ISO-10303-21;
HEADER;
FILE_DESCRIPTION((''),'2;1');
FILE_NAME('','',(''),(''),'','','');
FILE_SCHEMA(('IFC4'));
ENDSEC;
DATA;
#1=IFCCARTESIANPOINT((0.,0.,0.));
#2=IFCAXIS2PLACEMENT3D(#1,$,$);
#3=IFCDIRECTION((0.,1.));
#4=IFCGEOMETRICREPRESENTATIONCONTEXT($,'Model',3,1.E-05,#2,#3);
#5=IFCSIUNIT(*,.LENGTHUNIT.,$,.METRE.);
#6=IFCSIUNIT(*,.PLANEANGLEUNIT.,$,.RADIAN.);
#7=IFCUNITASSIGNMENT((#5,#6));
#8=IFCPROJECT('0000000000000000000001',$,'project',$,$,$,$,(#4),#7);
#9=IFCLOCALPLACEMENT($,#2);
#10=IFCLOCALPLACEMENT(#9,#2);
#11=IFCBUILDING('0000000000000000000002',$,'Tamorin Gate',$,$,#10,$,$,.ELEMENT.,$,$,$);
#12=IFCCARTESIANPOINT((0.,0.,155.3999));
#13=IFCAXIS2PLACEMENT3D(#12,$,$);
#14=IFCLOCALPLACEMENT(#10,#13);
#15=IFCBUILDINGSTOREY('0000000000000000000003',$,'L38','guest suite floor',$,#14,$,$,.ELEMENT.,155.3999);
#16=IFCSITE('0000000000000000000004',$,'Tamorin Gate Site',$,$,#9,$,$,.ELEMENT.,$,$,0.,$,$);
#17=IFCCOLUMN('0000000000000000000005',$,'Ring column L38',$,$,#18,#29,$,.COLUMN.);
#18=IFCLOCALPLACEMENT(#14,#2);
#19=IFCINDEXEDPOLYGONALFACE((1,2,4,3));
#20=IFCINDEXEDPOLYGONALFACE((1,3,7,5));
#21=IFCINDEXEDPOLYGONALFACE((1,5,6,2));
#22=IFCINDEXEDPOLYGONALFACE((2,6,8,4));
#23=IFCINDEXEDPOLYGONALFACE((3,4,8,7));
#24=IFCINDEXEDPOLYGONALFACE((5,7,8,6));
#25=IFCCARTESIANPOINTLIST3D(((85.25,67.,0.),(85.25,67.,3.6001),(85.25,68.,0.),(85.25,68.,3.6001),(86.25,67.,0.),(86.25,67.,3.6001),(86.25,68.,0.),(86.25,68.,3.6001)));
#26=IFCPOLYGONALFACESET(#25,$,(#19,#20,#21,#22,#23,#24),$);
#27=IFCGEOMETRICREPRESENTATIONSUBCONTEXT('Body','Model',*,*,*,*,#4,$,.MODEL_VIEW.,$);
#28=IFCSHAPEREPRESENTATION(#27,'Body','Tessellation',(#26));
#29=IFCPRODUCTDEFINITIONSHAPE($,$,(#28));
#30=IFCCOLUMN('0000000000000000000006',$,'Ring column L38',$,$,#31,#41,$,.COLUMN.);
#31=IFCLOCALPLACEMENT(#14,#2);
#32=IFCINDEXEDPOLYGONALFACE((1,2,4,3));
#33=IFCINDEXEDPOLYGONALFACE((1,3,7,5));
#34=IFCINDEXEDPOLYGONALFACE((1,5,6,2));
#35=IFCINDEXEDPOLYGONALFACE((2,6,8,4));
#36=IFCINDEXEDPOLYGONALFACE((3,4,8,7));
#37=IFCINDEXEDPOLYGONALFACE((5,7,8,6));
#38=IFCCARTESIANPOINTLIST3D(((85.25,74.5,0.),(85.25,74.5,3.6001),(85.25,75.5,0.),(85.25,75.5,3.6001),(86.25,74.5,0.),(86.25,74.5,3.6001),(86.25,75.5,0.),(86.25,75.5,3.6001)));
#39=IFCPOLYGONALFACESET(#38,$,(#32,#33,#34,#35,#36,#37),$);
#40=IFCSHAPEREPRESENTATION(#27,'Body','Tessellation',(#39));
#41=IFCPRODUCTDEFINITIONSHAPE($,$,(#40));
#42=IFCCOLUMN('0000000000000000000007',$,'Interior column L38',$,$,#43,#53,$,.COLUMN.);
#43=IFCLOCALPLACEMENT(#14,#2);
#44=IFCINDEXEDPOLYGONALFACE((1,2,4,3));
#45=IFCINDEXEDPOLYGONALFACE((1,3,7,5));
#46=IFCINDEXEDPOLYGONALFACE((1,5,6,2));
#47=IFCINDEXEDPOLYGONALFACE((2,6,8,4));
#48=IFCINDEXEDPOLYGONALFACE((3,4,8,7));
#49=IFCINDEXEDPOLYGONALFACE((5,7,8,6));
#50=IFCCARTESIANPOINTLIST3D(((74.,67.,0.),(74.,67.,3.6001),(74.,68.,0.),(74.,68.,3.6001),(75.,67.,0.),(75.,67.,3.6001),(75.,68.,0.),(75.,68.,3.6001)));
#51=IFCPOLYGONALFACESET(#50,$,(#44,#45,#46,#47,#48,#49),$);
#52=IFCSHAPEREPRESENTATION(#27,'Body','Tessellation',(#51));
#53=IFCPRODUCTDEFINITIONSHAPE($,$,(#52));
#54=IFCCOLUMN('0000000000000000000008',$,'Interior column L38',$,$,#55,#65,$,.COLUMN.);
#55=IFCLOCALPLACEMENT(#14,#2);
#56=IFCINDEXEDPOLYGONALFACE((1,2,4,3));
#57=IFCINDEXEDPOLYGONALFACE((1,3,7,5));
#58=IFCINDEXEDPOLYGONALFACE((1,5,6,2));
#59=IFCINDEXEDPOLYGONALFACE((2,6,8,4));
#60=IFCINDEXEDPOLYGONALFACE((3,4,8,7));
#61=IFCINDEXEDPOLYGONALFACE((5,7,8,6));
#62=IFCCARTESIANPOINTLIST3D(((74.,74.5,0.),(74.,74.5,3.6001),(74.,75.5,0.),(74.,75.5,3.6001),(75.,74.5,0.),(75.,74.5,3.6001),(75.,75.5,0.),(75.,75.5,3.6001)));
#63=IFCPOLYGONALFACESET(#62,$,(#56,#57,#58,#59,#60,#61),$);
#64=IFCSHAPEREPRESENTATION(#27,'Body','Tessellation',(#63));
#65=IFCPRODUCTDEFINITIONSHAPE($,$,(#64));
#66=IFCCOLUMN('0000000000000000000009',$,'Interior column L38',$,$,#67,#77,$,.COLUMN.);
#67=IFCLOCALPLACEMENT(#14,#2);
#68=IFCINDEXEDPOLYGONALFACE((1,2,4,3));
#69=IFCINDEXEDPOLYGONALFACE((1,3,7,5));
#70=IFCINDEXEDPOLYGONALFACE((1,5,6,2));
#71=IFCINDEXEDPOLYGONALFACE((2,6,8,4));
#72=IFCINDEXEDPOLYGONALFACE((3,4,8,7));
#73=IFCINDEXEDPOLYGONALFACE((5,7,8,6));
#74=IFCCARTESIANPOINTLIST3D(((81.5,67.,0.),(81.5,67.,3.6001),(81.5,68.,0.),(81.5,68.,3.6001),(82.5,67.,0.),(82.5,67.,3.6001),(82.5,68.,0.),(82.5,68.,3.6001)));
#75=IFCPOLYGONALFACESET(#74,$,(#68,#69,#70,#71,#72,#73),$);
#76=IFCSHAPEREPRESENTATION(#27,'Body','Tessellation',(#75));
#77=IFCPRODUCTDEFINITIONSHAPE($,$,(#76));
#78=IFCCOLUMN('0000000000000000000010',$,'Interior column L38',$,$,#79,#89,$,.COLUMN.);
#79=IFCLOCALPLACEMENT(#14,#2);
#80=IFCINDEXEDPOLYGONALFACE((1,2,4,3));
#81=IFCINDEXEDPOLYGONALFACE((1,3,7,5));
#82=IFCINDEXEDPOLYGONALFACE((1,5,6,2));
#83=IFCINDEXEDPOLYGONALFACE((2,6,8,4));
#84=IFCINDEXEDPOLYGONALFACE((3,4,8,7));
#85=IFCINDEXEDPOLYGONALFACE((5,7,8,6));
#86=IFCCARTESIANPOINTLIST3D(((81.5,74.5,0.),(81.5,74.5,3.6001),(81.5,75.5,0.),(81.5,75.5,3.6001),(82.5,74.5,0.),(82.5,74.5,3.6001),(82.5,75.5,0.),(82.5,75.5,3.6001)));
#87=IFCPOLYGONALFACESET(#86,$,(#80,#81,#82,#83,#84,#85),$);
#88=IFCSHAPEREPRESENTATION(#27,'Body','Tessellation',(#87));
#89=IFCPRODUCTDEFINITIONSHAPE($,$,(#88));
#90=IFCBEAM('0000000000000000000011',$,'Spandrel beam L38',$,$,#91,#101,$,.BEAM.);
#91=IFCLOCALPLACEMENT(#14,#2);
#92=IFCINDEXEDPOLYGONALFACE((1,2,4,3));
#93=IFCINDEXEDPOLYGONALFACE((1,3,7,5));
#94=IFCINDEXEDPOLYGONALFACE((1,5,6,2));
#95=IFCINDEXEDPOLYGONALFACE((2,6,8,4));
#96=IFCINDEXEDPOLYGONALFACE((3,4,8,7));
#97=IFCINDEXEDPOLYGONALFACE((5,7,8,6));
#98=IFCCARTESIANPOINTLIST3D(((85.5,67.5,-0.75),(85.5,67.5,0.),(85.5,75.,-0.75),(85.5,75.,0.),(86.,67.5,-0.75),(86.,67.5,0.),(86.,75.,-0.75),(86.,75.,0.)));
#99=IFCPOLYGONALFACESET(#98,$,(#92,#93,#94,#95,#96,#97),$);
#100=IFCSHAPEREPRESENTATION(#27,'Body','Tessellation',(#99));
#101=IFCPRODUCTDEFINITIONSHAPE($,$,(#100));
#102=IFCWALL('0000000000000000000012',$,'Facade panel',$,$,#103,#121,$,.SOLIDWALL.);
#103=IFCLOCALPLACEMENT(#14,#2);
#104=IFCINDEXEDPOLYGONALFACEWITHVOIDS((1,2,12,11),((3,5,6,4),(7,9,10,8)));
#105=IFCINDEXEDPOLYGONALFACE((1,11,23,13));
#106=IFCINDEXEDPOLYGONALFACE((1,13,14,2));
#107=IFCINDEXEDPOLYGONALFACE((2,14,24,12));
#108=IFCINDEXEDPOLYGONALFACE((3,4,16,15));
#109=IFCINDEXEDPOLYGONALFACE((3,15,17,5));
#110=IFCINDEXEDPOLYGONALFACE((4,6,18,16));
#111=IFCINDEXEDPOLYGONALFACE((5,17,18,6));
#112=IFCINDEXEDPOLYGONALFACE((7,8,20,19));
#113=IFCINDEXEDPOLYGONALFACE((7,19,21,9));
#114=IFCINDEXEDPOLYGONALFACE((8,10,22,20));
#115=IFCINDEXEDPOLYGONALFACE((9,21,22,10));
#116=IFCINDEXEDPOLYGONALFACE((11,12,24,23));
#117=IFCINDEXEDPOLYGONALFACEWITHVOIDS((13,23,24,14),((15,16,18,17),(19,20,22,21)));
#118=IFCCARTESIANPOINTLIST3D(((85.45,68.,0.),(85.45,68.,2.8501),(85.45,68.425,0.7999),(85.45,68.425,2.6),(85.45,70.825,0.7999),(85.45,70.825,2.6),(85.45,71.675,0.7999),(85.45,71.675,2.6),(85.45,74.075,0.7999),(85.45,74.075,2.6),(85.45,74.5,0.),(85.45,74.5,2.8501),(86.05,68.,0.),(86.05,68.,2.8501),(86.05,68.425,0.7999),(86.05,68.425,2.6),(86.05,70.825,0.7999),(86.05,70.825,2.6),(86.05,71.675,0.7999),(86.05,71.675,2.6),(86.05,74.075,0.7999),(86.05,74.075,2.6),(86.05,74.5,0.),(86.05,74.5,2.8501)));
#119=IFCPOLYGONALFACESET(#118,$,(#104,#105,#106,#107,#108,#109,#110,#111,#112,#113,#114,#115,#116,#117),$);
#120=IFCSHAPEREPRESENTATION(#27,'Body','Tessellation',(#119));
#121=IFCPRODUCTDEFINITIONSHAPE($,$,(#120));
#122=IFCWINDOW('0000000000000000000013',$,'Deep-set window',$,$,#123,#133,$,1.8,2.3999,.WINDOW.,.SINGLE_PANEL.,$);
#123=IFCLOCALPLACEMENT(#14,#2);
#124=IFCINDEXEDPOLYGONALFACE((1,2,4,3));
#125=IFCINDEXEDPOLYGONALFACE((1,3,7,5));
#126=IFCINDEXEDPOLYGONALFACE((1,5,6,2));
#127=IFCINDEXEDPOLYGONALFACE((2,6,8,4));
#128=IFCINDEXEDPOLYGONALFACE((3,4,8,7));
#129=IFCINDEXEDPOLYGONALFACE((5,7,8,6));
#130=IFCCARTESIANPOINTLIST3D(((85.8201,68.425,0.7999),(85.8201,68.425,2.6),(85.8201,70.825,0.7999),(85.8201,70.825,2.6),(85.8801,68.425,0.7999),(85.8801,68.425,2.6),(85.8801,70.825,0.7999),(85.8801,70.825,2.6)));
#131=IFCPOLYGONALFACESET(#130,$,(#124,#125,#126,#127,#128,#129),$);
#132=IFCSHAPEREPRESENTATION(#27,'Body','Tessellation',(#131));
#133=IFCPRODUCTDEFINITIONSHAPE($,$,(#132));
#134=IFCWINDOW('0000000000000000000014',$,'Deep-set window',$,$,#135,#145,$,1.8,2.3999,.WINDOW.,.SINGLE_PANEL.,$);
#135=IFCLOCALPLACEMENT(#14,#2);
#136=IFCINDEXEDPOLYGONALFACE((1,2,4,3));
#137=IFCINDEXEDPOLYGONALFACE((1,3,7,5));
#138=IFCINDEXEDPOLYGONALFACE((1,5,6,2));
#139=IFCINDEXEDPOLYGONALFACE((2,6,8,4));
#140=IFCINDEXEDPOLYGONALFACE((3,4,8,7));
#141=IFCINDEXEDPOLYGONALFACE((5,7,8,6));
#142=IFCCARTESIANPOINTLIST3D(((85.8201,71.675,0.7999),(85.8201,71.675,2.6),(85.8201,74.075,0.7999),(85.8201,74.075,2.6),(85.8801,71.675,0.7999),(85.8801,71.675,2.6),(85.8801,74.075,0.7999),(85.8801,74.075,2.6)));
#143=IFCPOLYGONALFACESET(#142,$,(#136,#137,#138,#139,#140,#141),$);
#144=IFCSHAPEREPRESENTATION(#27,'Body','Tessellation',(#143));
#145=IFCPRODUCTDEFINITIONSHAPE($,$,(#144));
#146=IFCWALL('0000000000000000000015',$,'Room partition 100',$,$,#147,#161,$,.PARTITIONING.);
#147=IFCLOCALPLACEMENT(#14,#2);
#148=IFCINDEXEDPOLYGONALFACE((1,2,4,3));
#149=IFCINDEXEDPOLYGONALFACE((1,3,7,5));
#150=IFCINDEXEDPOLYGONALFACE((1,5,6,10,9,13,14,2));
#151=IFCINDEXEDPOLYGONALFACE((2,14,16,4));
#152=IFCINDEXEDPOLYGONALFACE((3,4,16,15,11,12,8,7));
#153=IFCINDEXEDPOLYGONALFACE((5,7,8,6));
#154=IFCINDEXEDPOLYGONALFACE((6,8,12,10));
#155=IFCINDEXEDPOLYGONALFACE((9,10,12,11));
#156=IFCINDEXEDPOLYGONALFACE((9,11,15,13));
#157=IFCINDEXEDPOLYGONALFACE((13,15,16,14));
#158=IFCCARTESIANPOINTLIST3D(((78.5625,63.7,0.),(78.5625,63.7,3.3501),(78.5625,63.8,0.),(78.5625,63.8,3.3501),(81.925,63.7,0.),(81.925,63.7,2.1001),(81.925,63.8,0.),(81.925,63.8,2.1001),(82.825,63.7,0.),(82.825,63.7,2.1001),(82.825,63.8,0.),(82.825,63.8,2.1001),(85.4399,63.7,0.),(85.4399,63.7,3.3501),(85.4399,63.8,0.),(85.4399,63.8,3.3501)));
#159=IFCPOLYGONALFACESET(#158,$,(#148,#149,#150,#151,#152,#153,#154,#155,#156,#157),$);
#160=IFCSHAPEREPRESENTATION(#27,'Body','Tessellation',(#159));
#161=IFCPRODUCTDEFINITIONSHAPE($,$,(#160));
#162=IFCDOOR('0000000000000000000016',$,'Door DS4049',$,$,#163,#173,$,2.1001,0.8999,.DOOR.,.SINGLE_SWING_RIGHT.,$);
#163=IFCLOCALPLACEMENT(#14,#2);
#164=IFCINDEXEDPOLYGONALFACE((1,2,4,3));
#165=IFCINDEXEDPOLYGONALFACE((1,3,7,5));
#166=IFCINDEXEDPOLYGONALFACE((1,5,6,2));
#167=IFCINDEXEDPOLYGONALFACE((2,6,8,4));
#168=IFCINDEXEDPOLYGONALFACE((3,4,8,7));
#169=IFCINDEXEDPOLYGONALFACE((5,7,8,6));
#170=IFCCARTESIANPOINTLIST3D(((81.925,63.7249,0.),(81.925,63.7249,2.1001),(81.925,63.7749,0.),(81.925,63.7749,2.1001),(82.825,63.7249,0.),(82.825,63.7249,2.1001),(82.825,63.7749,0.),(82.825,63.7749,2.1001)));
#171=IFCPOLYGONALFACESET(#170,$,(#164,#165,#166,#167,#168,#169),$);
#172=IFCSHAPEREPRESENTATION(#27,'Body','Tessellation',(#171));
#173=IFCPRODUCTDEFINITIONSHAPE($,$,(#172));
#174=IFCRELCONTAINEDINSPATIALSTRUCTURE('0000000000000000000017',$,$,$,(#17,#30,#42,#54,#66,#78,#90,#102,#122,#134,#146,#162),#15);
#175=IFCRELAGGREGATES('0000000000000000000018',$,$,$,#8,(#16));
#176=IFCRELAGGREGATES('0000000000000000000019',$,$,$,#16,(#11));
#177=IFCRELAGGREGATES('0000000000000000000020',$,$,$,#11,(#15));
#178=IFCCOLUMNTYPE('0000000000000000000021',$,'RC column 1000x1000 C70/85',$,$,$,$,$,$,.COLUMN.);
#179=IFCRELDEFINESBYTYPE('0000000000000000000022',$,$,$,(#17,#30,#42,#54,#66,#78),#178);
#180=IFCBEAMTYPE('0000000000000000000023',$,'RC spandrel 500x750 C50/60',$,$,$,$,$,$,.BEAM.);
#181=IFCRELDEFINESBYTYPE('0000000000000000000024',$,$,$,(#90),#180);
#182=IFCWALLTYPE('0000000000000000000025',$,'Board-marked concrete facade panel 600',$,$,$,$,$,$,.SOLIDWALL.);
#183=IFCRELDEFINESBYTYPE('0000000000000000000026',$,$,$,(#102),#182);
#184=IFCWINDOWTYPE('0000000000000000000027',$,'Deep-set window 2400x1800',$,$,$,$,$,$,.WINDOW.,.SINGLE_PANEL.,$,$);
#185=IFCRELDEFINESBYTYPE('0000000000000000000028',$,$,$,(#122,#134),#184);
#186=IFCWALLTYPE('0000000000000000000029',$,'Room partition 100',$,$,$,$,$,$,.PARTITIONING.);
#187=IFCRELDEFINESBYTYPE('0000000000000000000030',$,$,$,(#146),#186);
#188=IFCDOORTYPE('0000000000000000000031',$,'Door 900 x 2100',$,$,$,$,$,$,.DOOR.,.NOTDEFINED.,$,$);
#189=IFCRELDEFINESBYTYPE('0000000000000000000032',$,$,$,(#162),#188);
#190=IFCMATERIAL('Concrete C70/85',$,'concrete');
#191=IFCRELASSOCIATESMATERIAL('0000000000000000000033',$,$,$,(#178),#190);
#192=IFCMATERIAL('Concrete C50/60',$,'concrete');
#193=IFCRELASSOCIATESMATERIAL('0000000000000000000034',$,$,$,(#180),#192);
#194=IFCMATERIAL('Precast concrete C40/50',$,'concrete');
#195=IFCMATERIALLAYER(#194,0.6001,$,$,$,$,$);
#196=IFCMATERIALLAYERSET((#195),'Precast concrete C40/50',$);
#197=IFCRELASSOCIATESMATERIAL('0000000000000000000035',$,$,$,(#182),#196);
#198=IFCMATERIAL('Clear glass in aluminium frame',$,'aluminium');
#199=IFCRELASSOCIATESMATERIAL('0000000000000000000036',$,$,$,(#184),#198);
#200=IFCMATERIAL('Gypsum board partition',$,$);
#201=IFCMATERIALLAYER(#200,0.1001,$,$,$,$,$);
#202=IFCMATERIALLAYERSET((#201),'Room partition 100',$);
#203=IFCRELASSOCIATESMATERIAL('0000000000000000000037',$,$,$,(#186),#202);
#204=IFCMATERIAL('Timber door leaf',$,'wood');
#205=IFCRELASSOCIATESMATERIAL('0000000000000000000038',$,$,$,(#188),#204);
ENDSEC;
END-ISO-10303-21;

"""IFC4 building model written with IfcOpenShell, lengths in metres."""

from ifc_helpers import new_model, si_unit, direction, frame, frame_2d, origin, origin_2d, place, context, subcontext, project, spatial, rectangle, extrude, material, layer, layer_set, material_profile, profile_set, type_object, element, fill, save


model = new_model("IFC4")

# Units and contexts
model_context = context("Model", 3, precision=1e-05, world=origin(), true_north=direction((0.0, 1.0)))
body_context = subcontext(model_context, "Body", "Model", "MODEL_VIEW")
ifc_project = project(units=[si_unit("LENGTHUNIT", "METRE"), si_unit("PLANEANGLEUNIT", "RADIAN")], contexts=[model_context])

# Site, building, storey
site_placement = place(None, origin())
site = spatial("IfcSite", under=ifc_project, at=site_placement, Name="Tamorin Gate Site", CompositionType="ELEMENT", RefElevation=0.0)
building_placement = place(site_placement, origin())
building = spatial("IfcBuilding", under=site, at=building_placement, Name="Tamorin Gate", CompositionType="ELEMENT")
storey_placement = place(building_placement, frame((0.0, 0.0, 155.3999)))
storey = spatial("IfcBuildingStorey", under=building, at=storey_placement, Name="L38", Description="guest suite floor", CompositionType="ELEMENT", Elevation=155.3999)

# Columns
ifc_material_1 = material(Name="Concrete C70/85", Category="concrete")
ifc_material_profile_1 = material_profile(ifc_material_1, rectangle(XDim=1.0, YDim=1.0, at=origin_2d()), Name="RC 1000x1000")
ifc_profile_set_1 = profile_set([ifc_material_profile_1], Name="Concrete C70/85")
column_type = type_object("IfcColumnType", Name="RC column 1000x1000 C70/85", PredefinedType="COLUMN", material=ifc_profile_set_1)
for number, where, z_axis, x_axis, name in (
    (1, (85.75, 67.5, 0.0), (0.0, 0.0, 1.0), (1.0, 0.0, 0.0), "Ring column L38"),
    (2, (85.75, 75.0, 0.0), (0.0, 0.0, 1.0), (1.0, 0.0, 0.0), "Ring column L38"),
    (3, (74.5, 67.5, 0.0), (0.0, 0.0, 1.0), (1.0, 0.0, 0.0), "Interior column L38"),
    (4, (74.5, 75.0, 0.0), (0.0, 0.0, 1.0), (1.0, 0.0, 0.0), "Interior column L38"),
    (5, (82.0, 67.5, 0.0), (0.0, 0.0, 1.0), (1.0, 0.0, 0.0), "Interior column L38"),
    (6, (82.0, 75.0, 0.0), (0.0, 0.0, 1.0), (1.0, 0.0, 0.0), "Interior column L38"),
):
    element("IfcColumn", number, at=place(storey_placement, frame(where, z_axis=z_axis, x_axis=x_axis)), inside=storey, type_object=column_type, Name=name, PredefinedType="COLUMN", context=body_context, shape_type="SweptSolid", body=[
        extrude(rectangle(XDim=1.0, YDim=1.0, at=origin_2d()), origin(), (0.0, 0.0, 1.0), 3.6001),
    ])

# Beam
ifc_material_2 = material(Name="Concrete C50/60", Category="concrete")
ifc_material_profile_2 = material_profile(ifc_material_2, rectangle(XDim=0.5, YDim=0.75, at=origin_2d()), Name="RC 500x750")
ifc_profile_set_2 = profile_set([ifc_material_profile_2], Name="Concrete C50/60")
beam_type = type_object("IfcBeamType", Name="RC spandrel 500x750 C50/60", PredefinedType="BEAM", material=ifc_profile_set_2)
beam_placement = place(storey_placement, frame((85.75, 67.5, -0.375), z_axis=(0.0, 1.0, 0.0), x_axis=(-1.0, 0.0, 0.0)))
element("IfcBeam", 7, at=beam_placement, inside=storey, type_object=beam_type, Name="Spandrel beam L38", PredefinedType="BEAM", context=body_context, shape_type="SweptSolid", body=[
    extrude(rectangle(XDim=0.5, YDim=0.75, at=origin_2d()), origin(), (0.0, 0.0, 1.0), 7.5),
])

# Wall, openings, windows
ifc_material_3 = material(Name="Precast concrete C40/50", Category="concrete")
ifc_layer_1 = layer(ifc_material_3, 0.6001)
ifc_layer_set_1 = layer_set([ifc_layer_1], Name="Precast concrete C40/50")
wall_type_1 = type_object("IfcWallType", Name="Board-marked concrete facade panel 600", PredefinedType="SOLIDWALL", material=ifc_layer_set_1)
wall_1_placement = place(storey_placement, frame((85.75, 68.0, 0.0), z_axis=(0.0, 0.0, 1.0), x_axis=(0.0, 1.0, 0.0)))
wall_1 = element("IfcWall", 8, at=wall_1_placement, inside=storey, type_object=wall_type_1, Name="Facade panel", PredefinedType="SOLIDWALL", context=body_context, shape_type="SweptSolid", body=[
    extrude(rectangle(XDim=6.5, YDim=0.6001, at=frame_2d((3.25, 0.0))), origin(), (0.0, 0.0, 1.0), 2.8501),
])
opening_1_placement = place(wall_1_placement, frame((0.425, 0.0, 0.8)))
opening_1 = element("IfcOpeningElement", 9, at=opening_1_placement, cuts=wall_1, PredefinedType="OPENING", context=body_context, shape_type="SweptSolid", body=[
    extrude(rectangle(XDim=2.3999, YDim=1.8, at=frame_2d((1.2, 0.8999))), frame((0.0, 0.3101, 0.0), z_axis=(0.0, -1.0, 0.0), x_axis=(1.0, 0.0, 0.0)), (0.0, 0.0, 1.0), 0.6201),
])
opening_2_placement = place(wall_1_placement, frame((3.675, 0.0, 0.8)))
opening_2 = element("IfcOpeningElement", 10, at=opening_2_placement, cuts=wall_1, PredefinedType="OPENING", context=body_context, shape_type="SweptSolid", body=[
    extrude(rectangle(XDim=2.3999, YDim=1.8, at=frame_2d((1.2, 0.8999))), frame((0.0, 0.3101, 0.0), z_axis=(0.0, -1.0, 0.0), x_axis=(1.0, 0.0, 0.0)), (0.0, 0.0, 1.0), 0.6201),
])
ifc_material_4 = material(Name="Clear glass in aluminium frame", Category="aluminium")
window_type = type_object("IfcWindowType", Name="Deep-set window 2400x1800", PartitioningType="SINGLE_PANEL", PredefinedType="WINDOW", material=ifc_material_4)
window_1_placement = place(opening_1_placement, origin())
window_1 = element("IfcWindow", 11, at=window_1_placement, inside=storey, type_object=window_type, Name="Deep-set window", OverallHeight=1.8, OverallWidth=2.3999, PartitioningType="SINGLE_PANEL", PredefinedType="WINDOW", context=body_context, shape_type="SweptSolid", body=[
    extrude(rectangle(XDim=2.3999, YDim=1.8, at=frame_2d((1.2, 0.8999))), frame((0.0, -0.0701, 0.0), z_axis=(0.0, -1.0, 0.0), x_axis=(1.0, 0.0, 0.0)), (0.0, 0.0, 1.0), 0.0601),
])
fill(opening_1, window_1)
window_2_placement = place(opening_2_placement, origin())
window_2 = element("IfcWindow", 12, at=window_2_placement, inside=storey, type_object=window_type, Name="Deep-set window", OverallHeight=1.8, OverallWidth=2.3999, PartitioningType="SINGLE_PANEL", PredefinedType="WINDOW", context=body_context, shape_type="SweptSolid", body=[
    extrude(rectangle(XDim=2.3999, YDim=1.8, at=frame_2d((1.2, 0.8999))), frame((0.0, -0.0701, 0.0), z_axis=(0.0, -1.0, 0.0), x_axis=(1.0, 0.0, 0.0)), (0.0, 0.0, 1.0), 0.0601),
])
fill(opening_2, window_2)

# Wall, opening, door
ifc_material_5 = material(Name="Gypsum board partition")
ifc_layer_2 = layer(ifc_material_5, 0.1001)
ifc_layer_set_2 = layer_set([ifc_layer_2], Name="Room partition 100")
wall_type_2 = type_object("IfcWallType", Name="Room partition 100", PredefinedType="PARTITIONING", material=ifc_layer_set_2)
wall_2_placement = place(storey_placement, frame((78.5625, 63.75, 0.0), z_axis=(0.0, 0.0, 1.0), x_axis=(1.0, 0.0, 0.0)))
wall_2 = element("IfcWall", 13, at=wall_2_placement, inside=storey, type_object=wall_type_2, Name="Room partition 100", PredefinedType="PARTITIONING", context=body_context, shape_type="SweptSolid", body=[
    extrude(rectangle(XDim=6.8774, YDim=0.1001, at=frame_2d((3.4387, 0.0))), origin(), (0.0, 0.0, 1.0), 3.3501),
])
opening_3_placement = place(wall_2_placement, frame((3.3625, 0.0, 0.0)))
opening_3 = element("IfcOpeningElement", 14, at=opening_3_placement, cuts=wall_2, PredefinedType="OPENING", context=body_context, shape_type="SweptSolid", body=[
    extrude(rectangle(XDim=0.8999, YDim=2.1001, at=frame_2d((0.45, 1.05))), frame((0.0, 0.0601, 0.0), z_axis=(0.0, -1.0, 0.0), x_axis=(1.0, 0.0, 0.0)), (0.0, 0.0, 1.0), 0.1201),
])
ifc_material_6 = material(Name="Timber door leaf", Category="wood")
door_type_1 = type_object("IfcDoorType", Name="Door 900 x 2100", OperationType="NOTDEFINED", PredefinedType="DOOR", material=ifc_material_6)
door_1_placement = place(opening_3_placement, origin())
door_1 = element("IfcDoor", 15, at=door_1_placement, inside=storey, type_object=door_type_1, Name="Door DS4049", OperationType="SINGLE_SWING_RIGHT", OverallHeight=2.1001, OverallWidth=0.8999, PredefinedType="DOOR", context=body_context, shape_type="SweptSolid", body=[
    extrude(rectangle(XDim=0.8999, YDim=2.1001, at=frame_2d((0.45, 1.05))), frame((0.0, 0.0249, 0.0), z_axis=(0.0, -1.0, 0.0), x_axis=(1.0, 0.0, 0.0)), (0.0, 0.0, 1.0), 0.05),
])
fill(opening_3, door_1)

save(model, "model.ifc")
